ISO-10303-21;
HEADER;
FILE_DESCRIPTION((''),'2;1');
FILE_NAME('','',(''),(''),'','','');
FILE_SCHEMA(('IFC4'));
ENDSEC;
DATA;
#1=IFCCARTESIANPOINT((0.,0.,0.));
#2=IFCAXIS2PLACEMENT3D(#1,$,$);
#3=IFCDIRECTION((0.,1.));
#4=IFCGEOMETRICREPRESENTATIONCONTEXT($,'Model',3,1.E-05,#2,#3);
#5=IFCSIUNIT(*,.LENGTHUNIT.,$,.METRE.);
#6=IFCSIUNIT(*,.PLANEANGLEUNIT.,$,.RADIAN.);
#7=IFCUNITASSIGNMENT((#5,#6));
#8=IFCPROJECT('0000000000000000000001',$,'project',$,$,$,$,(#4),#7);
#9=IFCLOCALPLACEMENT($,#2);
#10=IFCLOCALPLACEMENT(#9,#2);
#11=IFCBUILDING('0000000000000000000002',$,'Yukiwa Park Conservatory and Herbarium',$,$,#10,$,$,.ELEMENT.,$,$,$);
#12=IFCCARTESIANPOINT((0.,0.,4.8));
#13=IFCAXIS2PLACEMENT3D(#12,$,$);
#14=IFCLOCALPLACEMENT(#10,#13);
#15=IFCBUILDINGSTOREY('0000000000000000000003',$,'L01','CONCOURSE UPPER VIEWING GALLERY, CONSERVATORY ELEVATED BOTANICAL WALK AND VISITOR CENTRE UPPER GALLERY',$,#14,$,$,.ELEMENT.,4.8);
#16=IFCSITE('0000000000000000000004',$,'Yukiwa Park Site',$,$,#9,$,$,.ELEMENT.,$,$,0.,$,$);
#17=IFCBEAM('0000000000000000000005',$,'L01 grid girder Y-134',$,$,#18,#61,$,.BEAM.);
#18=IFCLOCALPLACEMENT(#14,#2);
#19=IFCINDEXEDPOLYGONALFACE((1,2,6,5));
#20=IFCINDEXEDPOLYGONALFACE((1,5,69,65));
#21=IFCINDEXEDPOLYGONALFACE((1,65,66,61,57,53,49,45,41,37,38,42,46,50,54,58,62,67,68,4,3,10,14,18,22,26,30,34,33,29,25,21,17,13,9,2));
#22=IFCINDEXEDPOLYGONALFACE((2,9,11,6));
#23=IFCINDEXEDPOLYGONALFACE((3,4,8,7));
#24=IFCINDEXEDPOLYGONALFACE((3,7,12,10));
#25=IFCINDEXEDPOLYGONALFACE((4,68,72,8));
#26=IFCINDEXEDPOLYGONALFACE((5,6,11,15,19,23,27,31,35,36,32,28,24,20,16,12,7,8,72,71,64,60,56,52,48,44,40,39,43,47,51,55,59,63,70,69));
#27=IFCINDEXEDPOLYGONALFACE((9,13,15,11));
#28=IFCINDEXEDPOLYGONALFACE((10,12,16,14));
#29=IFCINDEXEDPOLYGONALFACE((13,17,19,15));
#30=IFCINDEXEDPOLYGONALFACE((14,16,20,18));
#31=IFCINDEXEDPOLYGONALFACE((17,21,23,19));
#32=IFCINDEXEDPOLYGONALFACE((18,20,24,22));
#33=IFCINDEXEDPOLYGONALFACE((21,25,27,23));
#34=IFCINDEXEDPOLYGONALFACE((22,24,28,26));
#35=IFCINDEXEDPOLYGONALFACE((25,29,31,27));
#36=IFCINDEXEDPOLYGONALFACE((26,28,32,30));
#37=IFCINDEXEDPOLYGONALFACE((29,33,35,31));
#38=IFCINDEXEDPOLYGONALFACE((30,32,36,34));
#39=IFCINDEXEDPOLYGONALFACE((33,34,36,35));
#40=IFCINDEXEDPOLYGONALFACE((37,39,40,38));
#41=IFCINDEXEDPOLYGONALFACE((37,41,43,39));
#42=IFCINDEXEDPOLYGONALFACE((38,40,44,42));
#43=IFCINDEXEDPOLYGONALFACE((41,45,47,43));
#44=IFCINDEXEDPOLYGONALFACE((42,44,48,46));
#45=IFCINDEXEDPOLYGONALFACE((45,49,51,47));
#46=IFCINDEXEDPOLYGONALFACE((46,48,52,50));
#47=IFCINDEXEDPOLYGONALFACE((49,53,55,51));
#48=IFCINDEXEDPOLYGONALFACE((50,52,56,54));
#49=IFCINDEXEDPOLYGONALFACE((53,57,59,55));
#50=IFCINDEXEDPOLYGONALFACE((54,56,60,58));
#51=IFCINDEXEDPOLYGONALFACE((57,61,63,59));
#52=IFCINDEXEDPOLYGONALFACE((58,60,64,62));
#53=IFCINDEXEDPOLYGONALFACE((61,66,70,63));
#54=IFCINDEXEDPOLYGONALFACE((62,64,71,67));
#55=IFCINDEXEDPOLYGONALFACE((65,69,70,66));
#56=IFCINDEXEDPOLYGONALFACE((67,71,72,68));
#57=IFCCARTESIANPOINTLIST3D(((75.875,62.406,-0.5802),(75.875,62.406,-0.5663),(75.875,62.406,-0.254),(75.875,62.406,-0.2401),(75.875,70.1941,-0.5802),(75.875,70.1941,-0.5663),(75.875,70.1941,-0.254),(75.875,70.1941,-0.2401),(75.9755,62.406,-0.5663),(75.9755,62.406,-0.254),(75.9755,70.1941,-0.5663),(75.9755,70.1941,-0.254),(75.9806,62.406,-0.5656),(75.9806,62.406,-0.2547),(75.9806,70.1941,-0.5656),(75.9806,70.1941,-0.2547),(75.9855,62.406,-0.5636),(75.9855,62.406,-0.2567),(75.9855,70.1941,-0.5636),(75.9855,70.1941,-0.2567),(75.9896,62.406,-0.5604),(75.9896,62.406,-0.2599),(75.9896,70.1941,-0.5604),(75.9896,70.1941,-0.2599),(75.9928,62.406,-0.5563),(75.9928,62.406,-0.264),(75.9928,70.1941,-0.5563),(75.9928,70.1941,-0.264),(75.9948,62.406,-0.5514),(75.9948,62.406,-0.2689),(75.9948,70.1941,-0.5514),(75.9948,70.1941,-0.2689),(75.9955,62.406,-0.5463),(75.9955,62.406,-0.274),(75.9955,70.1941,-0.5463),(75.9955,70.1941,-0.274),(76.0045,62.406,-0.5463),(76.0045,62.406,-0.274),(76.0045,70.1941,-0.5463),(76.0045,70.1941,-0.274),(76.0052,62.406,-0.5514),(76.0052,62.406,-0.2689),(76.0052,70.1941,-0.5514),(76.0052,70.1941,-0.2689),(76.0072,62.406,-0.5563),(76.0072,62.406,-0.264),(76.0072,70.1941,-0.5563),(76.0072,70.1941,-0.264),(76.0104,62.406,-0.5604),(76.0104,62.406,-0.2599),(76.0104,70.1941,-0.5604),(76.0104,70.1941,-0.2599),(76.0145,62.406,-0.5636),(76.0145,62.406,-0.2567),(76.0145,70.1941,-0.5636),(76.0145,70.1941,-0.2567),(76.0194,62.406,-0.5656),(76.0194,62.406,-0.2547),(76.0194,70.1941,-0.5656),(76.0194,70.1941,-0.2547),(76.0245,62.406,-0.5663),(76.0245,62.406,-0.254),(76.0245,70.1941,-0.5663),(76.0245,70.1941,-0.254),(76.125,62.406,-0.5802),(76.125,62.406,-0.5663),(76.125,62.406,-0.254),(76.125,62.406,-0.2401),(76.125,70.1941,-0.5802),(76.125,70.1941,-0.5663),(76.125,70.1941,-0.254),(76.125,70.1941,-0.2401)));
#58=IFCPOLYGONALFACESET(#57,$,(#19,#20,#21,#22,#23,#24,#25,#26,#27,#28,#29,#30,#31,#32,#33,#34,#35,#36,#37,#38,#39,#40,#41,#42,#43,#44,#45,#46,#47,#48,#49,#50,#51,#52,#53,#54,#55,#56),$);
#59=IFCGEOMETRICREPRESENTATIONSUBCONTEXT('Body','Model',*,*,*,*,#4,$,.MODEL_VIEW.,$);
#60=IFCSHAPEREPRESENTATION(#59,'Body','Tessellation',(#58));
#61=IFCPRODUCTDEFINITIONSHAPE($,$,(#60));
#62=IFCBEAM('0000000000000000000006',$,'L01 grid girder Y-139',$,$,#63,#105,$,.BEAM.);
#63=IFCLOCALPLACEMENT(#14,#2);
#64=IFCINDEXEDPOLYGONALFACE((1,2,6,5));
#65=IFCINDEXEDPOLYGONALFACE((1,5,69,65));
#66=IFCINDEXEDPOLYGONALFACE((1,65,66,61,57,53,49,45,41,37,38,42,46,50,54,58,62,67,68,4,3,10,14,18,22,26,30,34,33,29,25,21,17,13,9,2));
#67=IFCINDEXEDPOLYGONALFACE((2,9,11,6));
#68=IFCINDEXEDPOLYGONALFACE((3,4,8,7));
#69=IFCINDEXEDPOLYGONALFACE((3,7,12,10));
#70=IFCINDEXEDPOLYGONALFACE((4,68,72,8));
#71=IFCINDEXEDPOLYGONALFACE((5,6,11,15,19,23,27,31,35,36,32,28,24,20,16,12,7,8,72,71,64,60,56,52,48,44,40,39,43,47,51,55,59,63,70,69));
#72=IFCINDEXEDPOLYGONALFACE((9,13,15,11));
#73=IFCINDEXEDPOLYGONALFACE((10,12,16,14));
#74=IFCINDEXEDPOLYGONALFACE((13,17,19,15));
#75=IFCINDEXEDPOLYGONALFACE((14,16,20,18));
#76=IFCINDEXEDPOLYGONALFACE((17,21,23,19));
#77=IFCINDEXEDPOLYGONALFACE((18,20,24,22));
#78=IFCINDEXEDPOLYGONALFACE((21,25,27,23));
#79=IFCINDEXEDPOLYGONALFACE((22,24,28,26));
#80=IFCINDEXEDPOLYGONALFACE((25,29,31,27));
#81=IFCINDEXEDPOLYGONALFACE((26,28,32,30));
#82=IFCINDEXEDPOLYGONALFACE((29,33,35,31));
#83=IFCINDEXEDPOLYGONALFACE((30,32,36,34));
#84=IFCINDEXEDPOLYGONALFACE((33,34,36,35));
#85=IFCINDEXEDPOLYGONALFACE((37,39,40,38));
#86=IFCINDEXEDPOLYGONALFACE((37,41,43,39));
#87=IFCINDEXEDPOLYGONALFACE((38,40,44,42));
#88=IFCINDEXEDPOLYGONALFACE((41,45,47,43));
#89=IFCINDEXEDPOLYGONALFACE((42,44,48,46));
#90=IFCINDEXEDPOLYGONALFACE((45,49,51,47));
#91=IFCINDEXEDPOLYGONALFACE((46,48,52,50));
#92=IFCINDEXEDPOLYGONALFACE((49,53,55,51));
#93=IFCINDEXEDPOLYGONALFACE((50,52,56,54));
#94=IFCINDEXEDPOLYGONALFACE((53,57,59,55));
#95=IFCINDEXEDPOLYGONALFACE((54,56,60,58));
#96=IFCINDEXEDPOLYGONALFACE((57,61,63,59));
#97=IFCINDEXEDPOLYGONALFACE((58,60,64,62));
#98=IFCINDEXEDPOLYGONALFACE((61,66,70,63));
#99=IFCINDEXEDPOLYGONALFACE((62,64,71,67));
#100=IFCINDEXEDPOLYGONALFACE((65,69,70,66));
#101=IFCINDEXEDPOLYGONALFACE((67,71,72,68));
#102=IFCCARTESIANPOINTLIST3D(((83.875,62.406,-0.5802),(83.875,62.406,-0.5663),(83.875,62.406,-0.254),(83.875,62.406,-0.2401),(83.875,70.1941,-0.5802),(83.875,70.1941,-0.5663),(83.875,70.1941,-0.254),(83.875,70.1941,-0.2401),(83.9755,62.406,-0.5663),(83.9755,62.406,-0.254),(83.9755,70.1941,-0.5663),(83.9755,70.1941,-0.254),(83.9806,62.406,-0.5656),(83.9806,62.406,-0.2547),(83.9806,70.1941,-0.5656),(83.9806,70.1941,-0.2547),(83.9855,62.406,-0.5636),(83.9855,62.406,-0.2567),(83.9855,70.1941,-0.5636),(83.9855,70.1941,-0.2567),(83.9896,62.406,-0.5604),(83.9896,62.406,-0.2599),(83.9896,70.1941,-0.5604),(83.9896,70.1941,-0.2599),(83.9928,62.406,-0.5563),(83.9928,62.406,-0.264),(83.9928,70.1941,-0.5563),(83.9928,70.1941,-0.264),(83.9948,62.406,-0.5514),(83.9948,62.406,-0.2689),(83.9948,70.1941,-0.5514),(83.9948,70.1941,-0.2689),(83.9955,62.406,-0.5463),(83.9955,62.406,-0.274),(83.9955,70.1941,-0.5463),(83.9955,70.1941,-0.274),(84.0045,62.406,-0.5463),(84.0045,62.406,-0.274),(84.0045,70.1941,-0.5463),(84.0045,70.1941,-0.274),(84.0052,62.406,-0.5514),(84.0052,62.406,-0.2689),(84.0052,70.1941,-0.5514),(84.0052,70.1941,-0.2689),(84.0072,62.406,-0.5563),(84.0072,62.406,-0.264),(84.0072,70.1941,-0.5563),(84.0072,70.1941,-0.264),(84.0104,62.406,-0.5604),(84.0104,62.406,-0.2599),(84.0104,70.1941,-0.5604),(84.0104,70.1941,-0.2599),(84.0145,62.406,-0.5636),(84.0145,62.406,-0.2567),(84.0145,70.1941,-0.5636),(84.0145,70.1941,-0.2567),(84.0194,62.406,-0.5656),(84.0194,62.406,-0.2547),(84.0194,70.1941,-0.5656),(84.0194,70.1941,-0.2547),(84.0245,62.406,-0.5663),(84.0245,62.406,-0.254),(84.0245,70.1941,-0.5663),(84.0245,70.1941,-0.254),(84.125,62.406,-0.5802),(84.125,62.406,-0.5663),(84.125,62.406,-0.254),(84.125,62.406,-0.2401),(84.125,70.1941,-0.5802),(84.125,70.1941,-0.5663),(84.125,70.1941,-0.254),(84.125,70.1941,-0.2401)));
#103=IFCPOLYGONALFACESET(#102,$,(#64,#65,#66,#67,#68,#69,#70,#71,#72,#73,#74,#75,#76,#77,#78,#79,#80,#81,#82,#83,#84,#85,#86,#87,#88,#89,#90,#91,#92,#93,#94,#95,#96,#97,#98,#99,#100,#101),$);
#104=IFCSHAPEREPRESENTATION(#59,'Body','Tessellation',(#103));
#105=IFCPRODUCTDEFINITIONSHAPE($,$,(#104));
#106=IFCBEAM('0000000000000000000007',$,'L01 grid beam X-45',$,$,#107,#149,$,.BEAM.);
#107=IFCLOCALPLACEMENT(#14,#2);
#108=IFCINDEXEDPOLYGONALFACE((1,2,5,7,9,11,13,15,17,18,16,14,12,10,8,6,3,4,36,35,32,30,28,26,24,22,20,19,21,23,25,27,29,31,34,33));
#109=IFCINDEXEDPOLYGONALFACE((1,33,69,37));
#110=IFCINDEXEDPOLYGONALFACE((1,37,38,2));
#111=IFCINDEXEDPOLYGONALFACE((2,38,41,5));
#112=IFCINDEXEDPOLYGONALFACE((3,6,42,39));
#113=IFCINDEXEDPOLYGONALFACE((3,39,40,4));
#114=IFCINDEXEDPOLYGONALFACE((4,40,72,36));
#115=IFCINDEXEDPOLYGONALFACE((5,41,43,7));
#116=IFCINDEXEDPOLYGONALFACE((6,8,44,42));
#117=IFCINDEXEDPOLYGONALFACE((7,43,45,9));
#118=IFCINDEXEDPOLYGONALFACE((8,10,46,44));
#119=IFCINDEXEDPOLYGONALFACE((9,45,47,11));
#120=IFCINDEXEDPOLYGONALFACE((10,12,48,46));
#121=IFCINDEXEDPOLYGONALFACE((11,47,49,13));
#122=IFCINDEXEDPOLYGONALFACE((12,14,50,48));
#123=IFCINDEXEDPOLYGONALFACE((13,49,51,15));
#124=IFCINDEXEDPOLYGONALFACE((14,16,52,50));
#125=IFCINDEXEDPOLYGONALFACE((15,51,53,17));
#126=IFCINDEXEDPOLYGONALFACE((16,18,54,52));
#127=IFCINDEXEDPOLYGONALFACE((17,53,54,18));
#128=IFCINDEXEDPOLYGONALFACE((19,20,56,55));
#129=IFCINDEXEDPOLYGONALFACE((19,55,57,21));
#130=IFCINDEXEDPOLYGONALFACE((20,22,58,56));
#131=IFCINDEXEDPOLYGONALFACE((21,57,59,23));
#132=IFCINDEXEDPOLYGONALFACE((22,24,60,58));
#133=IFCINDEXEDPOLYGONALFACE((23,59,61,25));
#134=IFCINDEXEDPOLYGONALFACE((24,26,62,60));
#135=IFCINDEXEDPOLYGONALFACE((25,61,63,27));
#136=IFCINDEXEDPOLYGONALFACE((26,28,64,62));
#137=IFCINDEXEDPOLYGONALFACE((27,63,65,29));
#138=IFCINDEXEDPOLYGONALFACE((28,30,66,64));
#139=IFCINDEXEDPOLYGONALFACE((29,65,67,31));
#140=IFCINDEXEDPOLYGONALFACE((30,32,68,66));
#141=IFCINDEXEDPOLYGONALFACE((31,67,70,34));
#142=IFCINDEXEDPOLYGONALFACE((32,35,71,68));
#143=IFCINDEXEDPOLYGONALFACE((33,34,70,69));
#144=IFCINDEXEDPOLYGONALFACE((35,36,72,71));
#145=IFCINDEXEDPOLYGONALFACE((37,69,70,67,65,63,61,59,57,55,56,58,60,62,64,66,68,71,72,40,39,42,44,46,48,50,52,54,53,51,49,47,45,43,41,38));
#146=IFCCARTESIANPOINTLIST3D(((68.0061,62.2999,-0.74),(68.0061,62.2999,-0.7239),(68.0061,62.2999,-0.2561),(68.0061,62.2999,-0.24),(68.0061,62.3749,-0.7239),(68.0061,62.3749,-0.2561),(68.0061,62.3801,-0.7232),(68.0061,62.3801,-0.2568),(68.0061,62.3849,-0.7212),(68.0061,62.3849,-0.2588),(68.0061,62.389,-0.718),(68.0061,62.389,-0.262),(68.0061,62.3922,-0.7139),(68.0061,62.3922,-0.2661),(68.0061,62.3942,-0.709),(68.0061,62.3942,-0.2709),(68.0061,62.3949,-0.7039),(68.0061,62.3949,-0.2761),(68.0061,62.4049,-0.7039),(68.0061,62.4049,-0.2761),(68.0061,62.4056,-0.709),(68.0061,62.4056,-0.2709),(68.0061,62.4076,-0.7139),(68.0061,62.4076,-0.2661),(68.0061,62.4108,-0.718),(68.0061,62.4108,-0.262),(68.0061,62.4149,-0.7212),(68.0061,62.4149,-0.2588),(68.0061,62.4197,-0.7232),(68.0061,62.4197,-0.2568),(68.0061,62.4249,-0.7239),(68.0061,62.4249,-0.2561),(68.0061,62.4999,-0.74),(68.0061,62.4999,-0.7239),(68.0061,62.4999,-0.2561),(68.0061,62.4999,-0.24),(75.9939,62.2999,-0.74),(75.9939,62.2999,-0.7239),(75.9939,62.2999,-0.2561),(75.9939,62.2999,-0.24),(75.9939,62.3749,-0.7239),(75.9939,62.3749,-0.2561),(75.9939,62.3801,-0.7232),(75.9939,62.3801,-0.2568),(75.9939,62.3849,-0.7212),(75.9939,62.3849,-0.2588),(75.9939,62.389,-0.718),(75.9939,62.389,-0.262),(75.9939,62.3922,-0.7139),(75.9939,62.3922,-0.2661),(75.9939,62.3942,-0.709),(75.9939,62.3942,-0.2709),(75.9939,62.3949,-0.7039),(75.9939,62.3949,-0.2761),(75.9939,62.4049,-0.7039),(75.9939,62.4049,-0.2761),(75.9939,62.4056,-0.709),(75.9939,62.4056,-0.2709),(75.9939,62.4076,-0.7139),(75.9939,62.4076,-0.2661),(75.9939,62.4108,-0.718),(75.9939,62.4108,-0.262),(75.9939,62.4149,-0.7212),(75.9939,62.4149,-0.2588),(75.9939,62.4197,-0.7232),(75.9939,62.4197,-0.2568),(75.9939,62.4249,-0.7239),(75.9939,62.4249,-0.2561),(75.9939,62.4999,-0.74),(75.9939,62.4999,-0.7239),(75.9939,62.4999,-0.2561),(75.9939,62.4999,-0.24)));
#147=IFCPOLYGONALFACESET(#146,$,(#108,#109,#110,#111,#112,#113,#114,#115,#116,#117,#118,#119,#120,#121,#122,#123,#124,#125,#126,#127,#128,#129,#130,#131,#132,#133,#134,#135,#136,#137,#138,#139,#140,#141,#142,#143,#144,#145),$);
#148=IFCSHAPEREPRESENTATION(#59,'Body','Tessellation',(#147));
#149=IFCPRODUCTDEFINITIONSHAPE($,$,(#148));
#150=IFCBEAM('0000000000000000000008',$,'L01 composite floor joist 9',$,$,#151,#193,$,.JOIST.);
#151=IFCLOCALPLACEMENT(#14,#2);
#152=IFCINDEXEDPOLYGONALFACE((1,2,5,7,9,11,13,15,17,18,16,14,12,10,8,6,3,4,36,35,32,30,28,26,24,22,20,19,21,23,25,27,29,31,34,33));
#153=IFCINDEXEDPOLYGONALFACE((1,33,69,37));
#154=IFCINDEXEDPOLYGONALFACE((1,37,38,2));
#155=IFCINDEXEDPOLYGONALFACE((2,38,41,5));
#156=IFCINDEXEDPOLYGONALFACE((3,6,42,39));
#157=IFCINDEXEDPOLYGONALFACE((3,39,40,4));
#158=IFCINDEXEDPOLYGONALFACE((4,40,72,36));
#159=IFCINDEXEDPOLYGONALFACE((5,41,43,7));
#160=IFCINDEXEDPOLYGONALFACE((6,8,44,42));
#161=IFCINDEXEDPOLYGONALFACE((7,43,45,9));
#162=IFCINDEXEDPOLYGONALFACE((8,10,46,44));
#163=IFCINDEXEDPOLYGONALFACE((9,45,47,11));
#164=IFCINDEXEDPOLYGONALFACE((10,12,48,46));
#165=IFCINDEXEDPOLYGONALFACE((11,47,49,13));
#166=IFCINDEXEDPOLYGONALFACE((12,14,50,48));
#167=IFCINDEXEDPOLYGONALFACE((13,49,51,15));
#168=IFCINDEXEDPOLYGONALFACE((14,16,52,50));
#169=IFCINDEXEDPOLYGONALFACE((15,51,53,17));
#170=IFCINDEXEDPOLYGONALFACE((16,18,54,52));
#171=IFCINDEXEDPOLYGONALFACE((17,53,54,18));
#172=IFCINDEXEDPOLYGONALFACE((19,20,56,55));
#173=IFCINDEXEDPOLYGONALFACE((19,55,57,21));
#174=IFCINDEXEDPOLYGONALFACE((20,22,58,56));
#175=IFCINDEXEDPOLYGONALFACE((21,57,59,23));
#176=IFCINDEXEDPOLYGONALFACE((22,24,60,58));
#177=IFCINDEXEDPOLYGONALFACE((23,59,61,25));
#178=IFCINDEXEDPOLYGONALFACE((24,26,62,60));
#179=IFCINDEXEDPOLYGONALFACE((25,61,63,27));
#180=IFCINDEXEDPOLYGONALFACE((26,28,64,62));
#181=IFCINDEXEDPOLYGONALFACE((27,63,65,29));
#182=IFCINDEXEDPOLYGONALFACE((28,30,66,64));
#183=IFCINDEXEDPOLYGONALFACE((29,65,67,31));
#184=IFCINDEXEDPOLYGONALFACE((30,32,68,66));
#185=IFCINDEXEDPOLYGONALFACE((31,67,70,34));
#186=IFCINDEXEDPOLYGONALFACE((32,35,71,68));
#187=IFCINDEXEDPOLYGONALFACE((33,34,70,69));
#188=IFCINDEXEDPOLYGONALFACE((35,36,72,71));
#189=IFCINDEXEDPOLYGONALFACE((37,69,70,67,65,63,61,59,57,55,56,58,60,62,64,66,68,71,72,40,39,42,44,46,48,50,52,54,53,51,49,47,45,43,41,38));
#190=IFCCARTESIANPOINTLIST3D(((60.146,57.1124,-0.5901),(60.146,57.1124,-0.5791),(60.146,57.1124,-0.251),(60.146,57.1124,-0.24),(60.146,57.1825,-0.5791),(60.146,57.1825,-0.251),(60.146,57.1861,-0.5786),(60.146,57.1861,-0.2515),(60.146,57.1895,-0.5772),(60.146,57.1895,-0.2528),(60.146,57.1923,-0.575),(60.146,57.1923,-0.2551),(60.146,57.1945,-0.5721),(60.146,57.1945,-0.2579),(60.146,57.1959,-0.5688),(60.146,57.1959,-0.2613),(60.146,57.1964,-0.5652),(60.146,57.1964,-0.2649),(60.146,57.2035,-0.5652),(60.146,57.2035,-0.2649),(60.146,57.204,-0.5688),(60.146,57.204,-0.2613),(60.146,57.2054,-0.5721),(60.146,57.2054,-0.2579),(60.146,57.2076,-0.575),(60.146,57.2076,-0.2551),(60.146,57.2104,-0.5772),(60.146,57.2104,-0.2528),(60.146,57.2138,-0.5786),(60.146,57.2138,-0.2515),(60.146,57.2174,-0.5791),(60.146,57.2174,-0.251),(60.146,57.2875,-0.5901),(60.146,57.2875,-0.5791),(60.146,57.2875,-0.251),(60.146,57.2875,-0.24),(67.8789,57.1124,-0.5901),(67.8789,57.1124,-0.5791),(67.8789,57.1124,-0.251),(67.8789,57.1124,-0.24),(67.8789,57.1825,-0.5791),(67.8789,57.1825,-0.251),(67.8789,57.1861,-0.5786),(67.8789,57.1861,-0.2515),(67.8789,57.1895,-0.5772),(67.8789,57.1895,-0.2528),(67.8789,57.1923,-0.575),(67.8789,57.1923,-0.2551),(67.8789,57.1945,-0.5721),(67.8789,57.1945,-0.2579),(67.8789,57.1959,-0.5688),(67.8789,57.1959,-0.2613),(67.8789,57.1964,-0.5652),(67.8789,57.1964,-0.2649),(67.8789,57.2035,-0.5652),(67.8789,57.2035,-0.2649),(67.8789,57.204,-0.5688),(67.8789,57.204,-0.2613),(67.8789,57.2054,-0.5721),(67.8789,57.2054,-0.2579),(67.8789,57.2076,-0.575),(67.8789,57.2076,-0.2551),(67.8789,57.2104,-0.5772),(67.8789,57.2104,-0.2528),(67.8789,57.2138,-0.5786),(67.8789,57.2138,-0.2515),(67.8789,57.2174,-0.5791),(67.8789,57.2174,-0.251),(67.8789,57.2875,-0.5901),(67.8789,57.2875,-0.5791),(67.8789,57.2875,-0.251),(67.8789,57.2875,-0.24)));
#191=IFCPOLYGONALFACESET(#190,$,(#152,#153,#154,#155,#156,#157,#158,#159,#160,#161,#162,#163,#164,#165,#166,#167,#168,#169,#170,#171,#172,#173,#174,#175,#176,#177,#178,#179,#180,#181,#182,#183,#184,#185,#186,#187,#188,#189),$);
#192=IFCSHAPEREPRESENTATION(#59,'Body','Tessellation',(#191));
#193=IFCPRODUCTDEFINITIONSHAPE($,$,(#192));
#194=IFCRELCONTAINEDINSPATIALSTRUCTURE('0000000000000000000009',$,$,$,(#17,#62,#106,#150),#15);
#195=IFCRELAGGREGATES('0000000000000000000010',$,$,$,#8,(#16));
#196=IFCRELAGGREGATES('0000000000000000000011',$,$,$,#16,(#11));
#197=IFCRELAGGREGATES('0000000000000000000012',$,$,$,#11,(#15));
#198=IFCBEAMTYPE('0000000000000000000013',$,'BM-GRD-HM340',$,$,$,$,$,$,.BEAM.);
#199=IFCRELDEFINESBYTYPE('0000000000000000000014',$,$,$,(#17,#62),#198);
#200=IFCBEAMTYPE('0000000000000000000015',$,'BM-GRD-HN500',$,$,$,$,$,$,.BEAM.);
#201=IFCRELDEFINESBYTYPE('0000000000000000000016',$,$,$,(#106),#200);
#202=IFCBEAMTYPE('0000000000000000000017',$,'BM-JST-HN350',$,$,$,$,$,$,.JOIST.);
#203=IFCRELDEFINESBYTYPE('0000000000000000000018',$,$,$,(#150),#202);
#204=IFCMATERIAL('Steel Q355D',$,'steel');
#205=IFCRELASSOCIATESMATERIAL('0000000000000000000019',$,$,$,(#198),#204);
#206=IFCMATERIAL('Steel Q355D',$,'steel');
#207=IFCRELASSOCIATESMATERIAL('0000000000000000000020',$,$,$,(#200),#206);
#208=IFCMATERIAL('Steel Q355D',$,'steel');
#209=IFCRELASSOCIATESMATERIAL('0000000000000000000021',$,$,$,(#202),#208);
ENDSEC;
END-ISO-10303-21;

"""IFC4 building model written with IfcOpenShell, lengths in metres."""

from ifc_helpers import new_model, si_unit, direction, frame, origin, origin_2d, place, context, subcontext, project, spatial, i_section, extrude, material, material_profile, profile_set, type_object, element, save


model = new_model("IFC4")

# Units and contexts
model_context = context("Model", 3, precision=1e-05, world=origin(), true_north=direction((0.0, 1.0)))
body_context = subcontext(model_context, "Body", "Model", "MODEL_VIEW")
ifc_project = project(units=[si_unit("LENGTHUNIT", "METRE"), si_unit("PLANEANGLEUNIT", "RADIAN")], contexts=[model_context])

# Site, building, storey
site_placement = place(None, origin())
site = spatial("IfcSite", under=ifc_project, at=site_placement, Name="Yukiwa Park Site", CompositionType="ELEMENT", RefElevation=0.0)
building_placement = place(site_placement, origin())
building = spatial("IfcBuilding", under=site, at=building_placement, Name="Yukiwa Park Conservatory and Herbarium", CompositionType="ELEMENT")
storey_placement = place(building_placement, frame((0.0, 0.0, 4.8)))
storey = spatial("IfcBuildingStorey", under=building, at=storey_placement, Name="L01", Description="CONCOURSE UPPER VIEWING GALLERY, CONSERVATORY ELEVATED BOTANICAL WALK AND VISITOR CENTRE UPPER GALLERY", CompositionType="ELEMENT", Elevation=4.8)

# Beams
ifc_material_1 = material(Name="Steel Q355D", Category="steel")
ifc_material_profile_1 = material_profile(ifc_material_1, i_section(OverallWidth=0.25, OverallDepth=0.3401, WebThickness=0.009, FlangeThickness=0.0139, FilletRadius=0.02, at=origin_2d()), Name="HM 340x250x9x14")
ifc_profile_set_1 = profile_set([ifc_material_profile_1], Name="Steel Q355D")
beam_type_1 = type_object("IfcBeamType", Name="BM-GRD-HM340", PredefinedType="BEAM", material=ifc_profile_set_1)
for number, where, z_axis, x_axis, name in (
    (1, (76.0, 62.406, -0.4102), (0.0, 1.0, 0.0), (-1.0, 0.0, 0.0), "L01 grid girder Y-134"),
    (2, (84.0, 62.406, -0.4102), (0.0, 1.0, 0.0), (-1.0, 0.0, 0.0), "L01 grid girder Y-139"),
):
    element("IfcBeam", number, at=place(storey_placement, frame(where, z_axis=z_axis, x_axis=x_axis)), inside=storey, type_object=beam_type_1, Name=name, PredefinedType="BEAM", context=body_context, shape_type="SweptSolid", body=[
        extrude(i_section(OverallWidth=0.25, OverallDepth=0.3401, WebThickness=0.009, FlangeThickness=0.0139, FilletRadius=0.02, at=origin_2d()), origin(), (0.0, 0.0, 1.0), 7.7881),
    ])
ifc_material_2 = material(Name="Steel Q355D", Category="steel")
ifc_material_profile_2 = material_profile(ifc_material_2, i_section(OverallWidth=0.2, OverallDepth=0.5, WebThickness=0.01, FlangeThickness=0.0161, FilletRadius=0.02, at=origin_2d()), Name="HN 500x200x10x16")
ifc_profile_set_2 = profile_set([ifc_material_profile_2], Name="Steel Q355D")
beam_type_2 = type_object("IfcBeamType", Name="BM-GRD-HN500", PredefinedType="BEAM", material=ifc_profile_set_2)
beam_1_placement = place(storey_placement, frame((68.0061, 62.3999, -0.49), z_axis=(1.0, 0.0, 0.0), x_axis=(0.0, 1.0, 0.0)))
element("IfcBeam", 3, at=beam_1_placement, inside=storey, type_object=beam_type_2, Name="L01 grid beam X-45", PredefinedType="BEAM", context=body_context, shape_type="SweptSolid", body=[
    extrude(i_section(OverallWidth=0.2, OverallDepth=0.5, WebThickness=0.01, FlangeThickness=0.0161, FilletRadius=0.02, at=origin_2d()), origin(), (0.0, 0.0, 1.0), 7.9878),
])
ifc_material_3 = material(Name="Steel Q355D", Category="steel")
ifc_material_profile_3 = material_profile(ifc_material_3, i_section(OverallWidth=0.175, OverallDepth=0.3501, WebThickness=0.0071, FlangeThickness=0.011, FilletRadius=0.0139, at=origin_2d()), Name="HN 350x175x7x11")
ifc_profile_set_3 = profile_set([ifc_material_profile_3], Name="Steel Q355D")
beam_type_3 = type_object("IfcBeamType", Name="BM-JST-HN350", PredefinedType="JOIST", material=ifc_profile_set_3)
for number, where, z_axis, x_axis, name in (
    (4, (60.146, 57.2, -0.415), (1.0, 0.0, 0.0), (0.0, 1.0, 0.0), "L01 composite floor joist 9"),
):
    element("IfcBeam", number, at=place(storey_placement, frame(where, z_axis=z_axis, x_axis=x_axis)), inside=storey, type_object=beam_type_3, Name=name, PredefinedType="JOIST", context=body_context, shape_type="SweptSolid", body=[
        extrude(i_section(OverallWidth=0.175, OverallDepth=0.3501, WebThickness=0.0071, FlangeThickness=0.011, FilletRadius=0.0139, at=origin_2d()), origin(), (0.0, 0.0, 1.0), 7.7329),
    ])

save(model, "model.ifc")
